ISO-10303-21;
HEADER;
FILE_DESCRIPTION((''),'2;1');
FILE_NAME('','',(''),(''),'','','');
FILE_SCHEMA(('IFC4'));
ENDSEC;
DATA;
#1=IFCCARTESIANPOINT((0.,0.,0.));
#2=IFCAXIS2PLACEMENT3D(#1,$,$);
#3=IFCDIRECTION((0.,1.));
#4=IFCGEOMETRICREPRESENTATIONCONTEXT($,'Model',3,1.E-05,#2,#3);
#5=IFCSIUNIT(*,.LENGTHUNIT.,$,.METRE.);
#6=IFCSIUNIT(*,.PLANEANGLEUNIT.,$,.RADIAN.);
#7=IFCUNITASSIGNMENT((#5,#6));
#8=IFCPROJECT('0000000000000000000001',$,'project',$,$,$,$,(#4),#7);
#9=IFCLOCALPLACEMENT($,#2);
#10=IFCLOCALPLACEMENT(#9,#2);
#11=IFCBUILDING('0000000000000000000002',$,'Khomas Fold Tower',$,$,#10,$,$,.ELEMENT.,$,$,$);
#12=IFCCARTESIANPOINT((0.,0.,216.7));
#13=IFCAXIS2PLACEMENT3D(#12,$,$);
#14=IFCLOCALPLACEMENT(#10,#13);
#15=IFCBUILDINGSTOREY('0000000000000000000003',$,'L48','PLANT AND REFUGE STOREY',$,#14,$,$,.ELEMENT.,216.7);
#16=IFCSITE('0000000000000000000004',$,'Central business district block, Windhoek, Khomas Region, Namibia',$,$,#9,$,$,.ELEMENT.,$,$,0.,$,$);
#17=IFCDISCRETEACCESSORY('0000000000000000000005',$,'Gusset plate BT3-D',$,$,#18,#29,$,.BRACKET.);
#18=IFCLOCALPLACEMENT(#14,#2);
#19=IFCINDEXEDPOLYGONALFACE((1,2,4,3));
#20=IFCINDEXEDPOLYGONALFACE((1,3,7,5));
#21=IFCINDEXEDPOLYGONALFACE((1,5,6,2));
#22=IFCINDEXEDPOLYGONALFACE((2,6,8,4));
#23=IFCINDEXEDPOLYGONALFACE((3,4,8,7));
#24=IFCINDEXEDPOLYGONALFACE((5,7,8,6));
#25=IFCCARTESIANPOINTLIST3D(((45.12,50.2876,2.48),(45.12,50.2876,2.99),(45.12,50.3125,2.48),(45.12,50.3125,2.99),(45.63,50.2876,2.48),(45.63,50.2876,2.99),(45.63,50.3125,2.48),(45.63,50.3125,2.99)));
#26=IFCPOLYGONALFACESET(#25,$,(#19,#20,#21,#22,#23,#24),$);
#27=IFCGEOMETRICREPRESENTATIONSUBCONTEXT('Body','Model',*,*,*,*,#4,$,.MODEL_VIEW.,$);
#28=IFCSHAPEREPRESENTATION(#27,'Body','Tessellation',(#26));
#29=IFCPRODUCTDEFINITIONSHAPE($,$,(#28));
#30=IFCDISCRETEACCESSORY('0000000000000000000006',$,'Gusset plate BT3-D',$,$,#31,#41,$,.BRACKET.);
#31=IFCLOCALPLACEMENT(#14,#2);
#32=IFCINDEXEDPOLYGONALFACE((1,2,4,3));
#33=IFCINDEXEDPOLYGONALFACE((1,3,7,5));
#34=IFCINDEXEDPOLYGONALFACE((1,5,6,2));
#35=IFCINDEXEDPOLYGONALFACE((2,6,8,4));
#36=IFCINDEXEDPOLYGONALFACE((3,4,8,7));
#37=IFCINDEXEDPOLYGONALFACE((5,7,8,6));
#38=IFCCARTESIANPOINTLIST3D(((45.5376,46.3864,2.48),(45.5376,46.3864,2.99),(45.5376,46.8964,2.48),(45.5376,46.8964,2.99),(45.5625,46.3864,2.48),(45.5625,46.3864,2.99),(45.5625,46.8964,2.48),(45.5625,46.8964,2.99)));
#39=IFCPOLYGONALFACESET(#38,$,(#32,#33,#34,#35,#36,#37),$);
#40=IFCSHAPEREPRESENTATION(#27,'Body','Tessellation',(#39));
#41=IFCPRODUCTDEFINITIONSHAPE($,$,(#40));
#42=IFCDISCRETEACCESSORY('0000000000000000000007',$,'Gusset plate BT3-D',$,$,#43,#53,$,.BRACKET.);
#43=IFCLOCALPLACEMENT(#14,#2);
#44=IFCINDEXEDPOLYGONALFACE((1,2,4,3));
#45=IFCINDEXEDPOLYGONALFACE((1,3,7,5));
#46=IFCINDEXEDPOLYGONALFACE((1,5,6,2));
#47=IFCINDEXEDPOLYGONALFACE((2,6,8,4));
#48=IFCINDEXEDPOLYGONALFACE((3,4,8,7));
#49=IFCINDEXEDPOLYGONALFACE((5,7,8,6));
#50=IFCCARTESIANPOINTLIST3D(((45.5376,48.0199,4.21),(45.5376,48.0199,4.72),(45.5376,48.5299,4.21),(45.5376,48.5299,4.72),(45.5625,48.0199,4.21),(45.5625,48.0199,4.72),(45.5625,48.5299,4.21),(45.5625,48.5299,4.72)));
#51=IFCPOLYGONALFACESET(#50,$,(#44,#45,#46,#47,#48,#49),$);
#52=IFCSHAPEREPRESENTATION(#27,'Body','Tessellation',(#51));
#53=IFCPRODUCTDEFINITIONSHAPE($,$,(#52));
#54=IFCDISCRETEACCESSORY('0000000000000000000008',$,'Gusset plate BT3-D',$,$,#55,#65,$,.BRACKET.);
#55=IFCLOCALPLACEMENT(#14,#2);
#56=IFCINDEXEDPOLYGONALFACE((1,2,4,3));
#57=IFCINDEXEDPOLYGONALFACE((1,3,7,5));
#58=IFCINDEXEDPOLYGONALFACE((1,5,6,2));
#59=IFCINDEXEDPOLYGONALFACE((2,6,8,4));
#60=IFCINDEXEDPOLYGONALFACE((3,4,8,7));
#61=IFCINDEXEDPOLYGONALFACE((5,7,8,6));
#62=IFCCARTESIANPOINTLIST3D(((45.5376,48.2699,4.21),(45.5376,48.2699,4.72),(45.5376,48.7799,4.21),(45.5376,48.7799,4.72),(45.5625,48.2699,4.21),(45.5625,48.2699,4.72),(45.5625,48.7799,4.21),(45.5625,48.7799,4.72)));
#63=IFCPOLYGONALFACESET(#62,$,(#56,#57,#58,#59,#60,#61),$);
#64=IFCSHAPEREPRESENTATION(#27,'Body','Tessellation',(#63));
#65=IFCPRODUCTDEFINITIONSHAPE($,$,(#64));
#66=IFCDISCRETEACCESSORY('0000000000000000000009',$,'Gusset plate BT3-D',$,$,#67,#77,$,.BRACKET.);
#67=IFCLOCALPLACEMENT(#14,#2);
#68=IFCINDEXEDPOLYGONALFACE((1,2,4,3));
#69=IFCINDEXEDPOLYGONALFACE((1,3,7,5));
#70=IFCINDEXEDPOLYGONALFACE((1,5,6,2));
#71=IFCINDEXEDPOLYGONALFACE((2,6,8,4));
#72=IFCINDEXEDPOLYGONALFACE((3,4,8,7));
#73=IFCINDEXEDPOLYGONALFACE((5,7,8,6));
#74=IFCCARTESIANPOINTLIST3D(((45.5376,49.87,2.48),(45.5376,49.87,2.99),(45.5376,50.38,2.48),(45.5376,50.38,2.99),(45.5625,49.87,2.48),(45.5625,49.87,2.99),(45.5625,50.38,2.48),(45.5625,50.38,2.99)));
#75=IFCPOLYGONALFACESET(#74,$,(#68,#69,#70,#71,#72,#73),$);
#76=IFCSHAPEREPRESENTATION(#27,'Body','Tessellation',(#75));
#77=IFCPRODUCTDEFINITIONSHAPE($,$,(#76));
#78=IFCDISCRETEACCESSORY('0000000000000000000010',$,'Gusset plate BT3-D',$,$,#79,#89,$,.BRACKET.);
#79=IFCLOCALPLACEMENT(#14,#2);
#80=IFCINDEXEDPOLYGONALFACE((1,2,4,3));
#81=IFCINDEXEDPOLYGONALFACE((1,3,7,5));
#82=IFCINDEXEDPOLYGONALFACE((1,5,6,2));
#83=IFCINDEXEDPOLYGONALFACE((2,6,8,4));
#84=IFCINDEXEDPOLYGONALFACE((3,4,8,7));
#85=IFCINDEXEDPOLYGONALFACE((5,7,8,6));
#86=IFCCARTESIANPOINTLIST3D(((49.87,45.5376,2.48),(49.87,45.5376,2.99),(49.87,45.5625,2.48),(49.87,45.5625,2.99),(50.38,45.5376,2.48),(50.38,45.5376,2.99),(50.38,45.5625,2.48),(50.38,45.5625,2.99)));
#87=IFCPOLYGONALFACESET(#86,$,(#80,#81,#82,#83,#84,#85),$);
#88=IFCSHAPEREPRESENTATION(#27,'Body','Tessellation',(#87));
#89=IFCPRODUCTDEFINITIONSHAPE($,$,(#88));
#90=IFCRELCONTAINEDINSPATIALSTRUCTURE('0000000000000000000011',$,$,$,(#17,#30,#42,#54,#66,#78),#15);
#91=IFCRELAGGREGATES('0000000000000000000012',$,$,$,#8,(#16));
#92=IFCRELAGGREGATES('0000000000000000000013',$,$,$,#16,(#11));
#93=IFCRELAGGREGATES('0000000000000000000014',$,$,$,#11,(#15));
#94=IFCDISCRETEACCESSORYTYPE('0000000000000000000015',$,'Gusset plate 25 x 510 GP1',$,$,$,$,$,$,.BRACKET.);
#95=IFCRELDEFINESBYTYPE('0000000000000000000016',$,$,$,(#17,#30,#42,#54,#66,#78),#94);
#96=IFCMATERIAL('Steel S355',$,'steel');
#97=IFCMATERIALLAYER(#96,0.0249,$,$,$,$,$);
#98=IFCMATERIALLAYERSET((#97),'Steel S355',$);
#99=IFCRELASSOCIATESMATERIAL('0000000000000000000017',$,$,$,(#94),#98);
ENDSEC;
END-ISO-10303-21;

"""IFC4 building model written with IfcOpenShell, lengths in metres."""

from ifc_helpers import new_model, si_unit, direction, frame, origin, origin_2d, place, context, subcontext, project, spatial, rectangle, extrude, source, transform, mapped, material, layer, layer_set, type_object, element, save


model = new_model("IFC4")

# Units and contexts
model_context = context("Model", 3, precision=1e-05, world=origin(), true_north=direction((0.0, 1.0)))
body_context = subcontext(model_context, "Body", "Model", "MODEL_VIEW")
ifc_project = project(units=[si_unit("LENGTHUNIT", "METRE"), si_unit("PLANEANGLEUNIT", "RADIAN")], contexts=[model_context])

# Site, building, storey
site_placement = place(None, origin())
site = spatial("IfcSite", under=ifc_project, at=site_placement, Name="Central business district block, Windhoek, Khomas Region, Namibia", CompositionType="ELEMENT", RefElevation=0.0)
building_placement = place(site_placement, origin())
building = spatial("IfcBuilding", under=site, at=building_placement, Name="Khomas Fold Tower", CompositionType="ELEMENT")
storey_placement = place(building_placement, frame((0.0, 0.0, 216.7)))
storey = spatial("IfcBuildingStorey", under=building, at=storey_placement, Name="L48", Description="PLANT AND REFUGE STOREY", CompositionType="ELEMENT", Elevation=216.7)

# Discrete accessories
ifc_material_1 = material(Name="Steel S355", Category="steel")
ifc_layer_1 = layer(ifc_material_1, 0.0249)
ifc_layer_set_1 = layer_set([ifc_layer_1], Name="Steel S355")
discrete_accessory_type = type_object("IfcDiscreteAccessoryType", Name="Gusset plate 25 x 510 GP1", PredefinedType="BRACKET", material=ifc_layer_set_1)
shared_shape_1 = source(origin(), body_context, "Body", "SweptSolid", [
    extrude(rectangle(XDim=0.51, YDim=0.0249, at=origin_2d()), origin(), (0.0, 0.0, 1.0), 0.51),
])
for number, where, z_axis, x_axis, name in (
    (1, (45.375, 50.3, 2.48), (0.0, 0.0, 1.0), (1.0, 0.0, 0.0), "Gusset plate BT3-D"),
    (2, (45.55, 46.6414, 2.48), (0.0, 0.0, 1.0), (0.0, 1.0, 0.0), "Gusset plate BT3-D"),
    (3, (45.55, 48.2749, 4.21), (0.0, 0.0, 1.0), (0.0, 1.0, 0.0), "Gusset plate BT3-D"),
    (4, (45.55, 48.5249, 4.21), (0.0, 0.0, 1.0), (0.0, 1.0, 0.0), "Gusset plate BT3-D"),
    (5, (45.55, 50.125, 2.48), (0.0, 0.0, 1.0), (0.0, 1.0, 0.0), "Gusset plate BT3-D"),
    (6, (50.125, 45.55, 2.48), (0.0, 0.0, 1.0), (1.0, 0.0, 0.0), "Gusset plate BT3-D"),
):
    element("IfcDiscreteAccessory", number, at=place(storey_placement, frame(where, z_axis=z_axis, x_axis=x_axis)), inside=storey, type_object=discrete_accessory_type, Name=name, PredefinedType="BRACKET", context=body_context, shape_type="MappedRepresentation", body=[
        mapped(shared_shape_1, transform((0.0, 0.0, 0.0))),
    ])

save(model, "model.ifc")
